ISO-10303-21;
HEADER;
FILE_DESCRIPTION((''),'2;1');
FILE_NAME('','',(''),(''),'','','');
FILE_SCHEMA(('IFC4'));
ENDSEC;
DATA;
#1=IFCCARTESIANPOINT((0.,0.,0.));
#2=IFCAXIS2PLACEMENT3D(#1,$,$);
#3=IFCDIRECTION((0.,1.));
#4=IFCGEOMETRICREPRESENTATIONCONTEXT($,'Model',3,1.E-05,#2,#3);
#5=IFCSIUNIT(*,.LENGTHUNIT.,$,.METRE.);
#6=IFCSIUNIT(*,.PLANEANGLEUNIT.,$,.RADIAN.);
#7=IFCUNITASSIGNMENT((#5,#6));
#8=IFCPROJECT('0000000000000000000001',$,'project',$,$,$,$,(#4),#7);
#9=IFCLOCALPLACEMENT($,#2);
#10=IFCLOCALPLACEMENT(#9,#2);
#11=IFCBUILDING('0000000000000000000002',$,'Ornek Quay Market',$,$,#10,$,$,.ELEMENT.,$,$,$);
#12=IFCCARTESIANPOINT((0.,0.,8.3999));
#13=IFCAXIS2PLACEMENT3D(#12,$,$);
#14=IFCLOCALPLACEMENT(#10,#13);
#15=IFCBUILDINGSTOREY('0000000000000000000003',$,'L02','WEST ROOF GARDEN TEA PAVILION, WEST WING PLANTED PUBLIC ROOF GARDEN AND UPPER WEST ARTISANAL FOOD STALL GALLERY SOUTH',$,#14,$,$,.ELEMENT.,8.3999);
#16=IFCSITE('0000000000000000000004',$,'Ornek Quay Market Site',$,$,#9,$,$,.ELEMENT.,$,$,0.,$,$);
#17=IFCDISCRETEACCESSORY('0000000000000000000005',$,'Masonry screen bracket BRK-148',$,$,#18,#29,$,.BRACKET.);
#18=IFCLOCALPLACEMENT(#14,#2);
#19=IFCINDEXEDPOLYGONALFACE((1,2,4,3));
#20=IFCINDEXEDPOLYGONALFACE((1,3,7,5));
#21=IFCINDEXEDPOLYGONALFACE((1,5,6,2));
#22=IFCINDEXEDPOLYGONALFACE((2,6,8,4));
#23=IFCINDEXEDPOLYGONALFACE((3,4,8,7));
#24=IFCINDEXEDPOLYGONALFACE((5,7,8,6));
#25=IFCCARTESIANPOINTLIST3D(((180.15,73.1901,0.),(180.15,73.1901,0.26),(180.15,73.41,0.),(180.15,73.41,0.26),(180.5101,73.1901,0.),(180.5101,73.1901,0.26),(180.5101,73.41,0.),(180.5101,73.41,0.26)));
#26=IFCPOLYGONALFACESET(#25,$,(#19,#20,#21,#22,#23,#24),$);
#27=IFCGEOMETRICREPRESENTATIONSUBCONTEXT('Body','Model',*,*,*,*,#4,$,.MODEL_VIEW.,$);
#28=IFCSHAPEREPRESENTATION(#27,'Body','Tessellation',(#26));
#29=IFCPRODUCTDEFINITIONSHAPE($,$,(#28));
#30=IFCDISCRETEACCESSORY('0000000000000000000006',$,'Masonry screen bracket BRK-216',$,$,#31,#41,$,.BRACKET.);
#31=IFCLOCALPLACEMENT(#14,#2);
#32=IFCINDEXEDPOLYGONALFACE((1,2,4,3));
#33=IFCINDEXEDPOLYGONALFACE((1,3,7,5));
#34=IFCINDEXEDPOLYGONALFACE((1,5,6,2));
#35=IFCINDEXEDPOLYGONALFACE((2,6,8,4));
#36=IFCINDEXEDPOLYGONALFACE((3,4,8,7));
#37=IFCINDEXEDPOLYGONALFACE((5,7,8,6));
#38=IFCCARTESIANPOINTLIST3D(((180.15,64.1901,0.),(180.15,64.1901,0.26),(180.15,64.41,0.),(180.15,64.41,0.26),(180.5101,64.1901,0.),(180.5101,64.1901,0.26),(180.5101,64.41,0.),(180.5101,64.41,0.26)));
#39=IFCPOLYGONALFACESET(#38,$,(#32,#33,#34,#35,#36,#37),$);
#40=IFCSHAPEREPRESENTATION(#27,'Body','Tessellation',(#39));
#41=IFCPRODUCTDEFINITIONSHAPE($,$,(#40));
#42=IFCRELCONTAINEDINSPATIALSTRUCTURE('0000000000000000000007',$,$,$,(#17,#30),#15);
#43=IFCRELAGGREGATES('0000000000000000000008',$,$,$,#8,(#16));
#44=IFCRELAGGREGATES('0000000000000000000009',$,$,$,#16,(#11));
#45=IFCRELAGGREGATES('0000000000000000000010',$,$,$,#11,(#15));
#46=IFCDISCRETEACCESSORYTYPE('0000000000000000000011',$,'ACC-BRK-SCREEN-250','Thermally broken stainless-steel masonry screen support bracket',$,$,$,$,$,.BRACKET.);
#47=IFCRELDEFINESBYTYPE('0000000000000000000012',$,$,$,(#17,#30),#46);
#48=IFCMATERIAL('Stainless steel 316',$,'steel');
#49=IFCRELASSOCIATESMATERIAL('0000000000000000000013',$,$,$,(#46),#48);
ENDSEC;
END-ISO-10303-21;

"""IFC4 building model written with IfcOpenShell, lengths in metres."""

from ifc_helpers import new_model, si_unit, direction, frame, origin, origin_2d, place, context, subcontext, project, spatial, rectangle, extrude, material, type_object, element, save


model = new_model("IFC4")

# Units and contexts
model_context = context("Model", 3, precision=1e-05, world=origin(), true_north=direction((0.0, 1.0)))
body_context = subcontext(model_context, "Body", "Model", "MODEL_VIEW")
ifc_project = project(units=[si_unit("LENGTHUNIT", "METRE"), si_unit("PLANEANGLEUNIT", "RADIAN")], contexts=[model_context])

# Site, building, storey
site_placement = place(None, origin())
site = spatial("IfcSite", under=ifc_project, at=site_placement, Name="Ornek Quay Market Site", CompositionType="ELEMENT", RefElevation=0.0)
building_placement = place(site_placement, origin())
building = spatial("IfcBuilding", under=site, at=building_placement, Name="Ornek Quay Market", CompositionType="ELEMENT")
storey_placement = place(building_placement, frame((0.0, 0.0, 8.3999)))
storey = spatial("IfcBuildingStorey", under=building, at=storey_placement, Name="L02", Description="WEST ROOF GARDEN TEA PAVILION, WEST WING PLANTED PUBLIC ROOF GARDEN AND UPPER WEST ARTISANAL FOOD STALL GALLERY SOUTH", CompositionType="ELEMENT", Elevation=8.3999)

# Discrete accessories
ifc_material_1 = material(Name="Stainless steel 316", Category="steel")
discrete_accessory_type = type_object("IfcDiscreteAccessoryType", Name="ACC-BRK-SCREEN-250", Description="Thermally broken stainless-steel masonry screen support bracket", PredefinedType="BRACKET", material=ifc_material_1)
for number, where, z_axis, x_axis, name in (
    (1, (180.3301, 73.3, 0.0), (0.0, 0.0, 1.0), (0.0, 1.0, 0.0), "Masonry screen bracket BRK-148"),
    (2, (180.3301, 64.3, 0.0), (0.0, 0.0, 1.0), (0.0, 1.0, 0.0), "Masonry screen bracket BRK-216"),
):
    element("IfcDiscreteAccessory", number, at=place(storey_placement, frame(where, z_axis=z_axis, x_axis=x_axis)), inside=storey, type_object=discrete_accessory_type, Name=name, PredefinedType="BRACKET", context=body_context, shape_type="SweptSolid", body=[
        extrude(rectangle(XDim=0.22, YDim=0.3601, at=origin_2d()), origin(), (0.0, 0.0, 1.0), 0.26),
    ])

save(model, "model.ifc")
